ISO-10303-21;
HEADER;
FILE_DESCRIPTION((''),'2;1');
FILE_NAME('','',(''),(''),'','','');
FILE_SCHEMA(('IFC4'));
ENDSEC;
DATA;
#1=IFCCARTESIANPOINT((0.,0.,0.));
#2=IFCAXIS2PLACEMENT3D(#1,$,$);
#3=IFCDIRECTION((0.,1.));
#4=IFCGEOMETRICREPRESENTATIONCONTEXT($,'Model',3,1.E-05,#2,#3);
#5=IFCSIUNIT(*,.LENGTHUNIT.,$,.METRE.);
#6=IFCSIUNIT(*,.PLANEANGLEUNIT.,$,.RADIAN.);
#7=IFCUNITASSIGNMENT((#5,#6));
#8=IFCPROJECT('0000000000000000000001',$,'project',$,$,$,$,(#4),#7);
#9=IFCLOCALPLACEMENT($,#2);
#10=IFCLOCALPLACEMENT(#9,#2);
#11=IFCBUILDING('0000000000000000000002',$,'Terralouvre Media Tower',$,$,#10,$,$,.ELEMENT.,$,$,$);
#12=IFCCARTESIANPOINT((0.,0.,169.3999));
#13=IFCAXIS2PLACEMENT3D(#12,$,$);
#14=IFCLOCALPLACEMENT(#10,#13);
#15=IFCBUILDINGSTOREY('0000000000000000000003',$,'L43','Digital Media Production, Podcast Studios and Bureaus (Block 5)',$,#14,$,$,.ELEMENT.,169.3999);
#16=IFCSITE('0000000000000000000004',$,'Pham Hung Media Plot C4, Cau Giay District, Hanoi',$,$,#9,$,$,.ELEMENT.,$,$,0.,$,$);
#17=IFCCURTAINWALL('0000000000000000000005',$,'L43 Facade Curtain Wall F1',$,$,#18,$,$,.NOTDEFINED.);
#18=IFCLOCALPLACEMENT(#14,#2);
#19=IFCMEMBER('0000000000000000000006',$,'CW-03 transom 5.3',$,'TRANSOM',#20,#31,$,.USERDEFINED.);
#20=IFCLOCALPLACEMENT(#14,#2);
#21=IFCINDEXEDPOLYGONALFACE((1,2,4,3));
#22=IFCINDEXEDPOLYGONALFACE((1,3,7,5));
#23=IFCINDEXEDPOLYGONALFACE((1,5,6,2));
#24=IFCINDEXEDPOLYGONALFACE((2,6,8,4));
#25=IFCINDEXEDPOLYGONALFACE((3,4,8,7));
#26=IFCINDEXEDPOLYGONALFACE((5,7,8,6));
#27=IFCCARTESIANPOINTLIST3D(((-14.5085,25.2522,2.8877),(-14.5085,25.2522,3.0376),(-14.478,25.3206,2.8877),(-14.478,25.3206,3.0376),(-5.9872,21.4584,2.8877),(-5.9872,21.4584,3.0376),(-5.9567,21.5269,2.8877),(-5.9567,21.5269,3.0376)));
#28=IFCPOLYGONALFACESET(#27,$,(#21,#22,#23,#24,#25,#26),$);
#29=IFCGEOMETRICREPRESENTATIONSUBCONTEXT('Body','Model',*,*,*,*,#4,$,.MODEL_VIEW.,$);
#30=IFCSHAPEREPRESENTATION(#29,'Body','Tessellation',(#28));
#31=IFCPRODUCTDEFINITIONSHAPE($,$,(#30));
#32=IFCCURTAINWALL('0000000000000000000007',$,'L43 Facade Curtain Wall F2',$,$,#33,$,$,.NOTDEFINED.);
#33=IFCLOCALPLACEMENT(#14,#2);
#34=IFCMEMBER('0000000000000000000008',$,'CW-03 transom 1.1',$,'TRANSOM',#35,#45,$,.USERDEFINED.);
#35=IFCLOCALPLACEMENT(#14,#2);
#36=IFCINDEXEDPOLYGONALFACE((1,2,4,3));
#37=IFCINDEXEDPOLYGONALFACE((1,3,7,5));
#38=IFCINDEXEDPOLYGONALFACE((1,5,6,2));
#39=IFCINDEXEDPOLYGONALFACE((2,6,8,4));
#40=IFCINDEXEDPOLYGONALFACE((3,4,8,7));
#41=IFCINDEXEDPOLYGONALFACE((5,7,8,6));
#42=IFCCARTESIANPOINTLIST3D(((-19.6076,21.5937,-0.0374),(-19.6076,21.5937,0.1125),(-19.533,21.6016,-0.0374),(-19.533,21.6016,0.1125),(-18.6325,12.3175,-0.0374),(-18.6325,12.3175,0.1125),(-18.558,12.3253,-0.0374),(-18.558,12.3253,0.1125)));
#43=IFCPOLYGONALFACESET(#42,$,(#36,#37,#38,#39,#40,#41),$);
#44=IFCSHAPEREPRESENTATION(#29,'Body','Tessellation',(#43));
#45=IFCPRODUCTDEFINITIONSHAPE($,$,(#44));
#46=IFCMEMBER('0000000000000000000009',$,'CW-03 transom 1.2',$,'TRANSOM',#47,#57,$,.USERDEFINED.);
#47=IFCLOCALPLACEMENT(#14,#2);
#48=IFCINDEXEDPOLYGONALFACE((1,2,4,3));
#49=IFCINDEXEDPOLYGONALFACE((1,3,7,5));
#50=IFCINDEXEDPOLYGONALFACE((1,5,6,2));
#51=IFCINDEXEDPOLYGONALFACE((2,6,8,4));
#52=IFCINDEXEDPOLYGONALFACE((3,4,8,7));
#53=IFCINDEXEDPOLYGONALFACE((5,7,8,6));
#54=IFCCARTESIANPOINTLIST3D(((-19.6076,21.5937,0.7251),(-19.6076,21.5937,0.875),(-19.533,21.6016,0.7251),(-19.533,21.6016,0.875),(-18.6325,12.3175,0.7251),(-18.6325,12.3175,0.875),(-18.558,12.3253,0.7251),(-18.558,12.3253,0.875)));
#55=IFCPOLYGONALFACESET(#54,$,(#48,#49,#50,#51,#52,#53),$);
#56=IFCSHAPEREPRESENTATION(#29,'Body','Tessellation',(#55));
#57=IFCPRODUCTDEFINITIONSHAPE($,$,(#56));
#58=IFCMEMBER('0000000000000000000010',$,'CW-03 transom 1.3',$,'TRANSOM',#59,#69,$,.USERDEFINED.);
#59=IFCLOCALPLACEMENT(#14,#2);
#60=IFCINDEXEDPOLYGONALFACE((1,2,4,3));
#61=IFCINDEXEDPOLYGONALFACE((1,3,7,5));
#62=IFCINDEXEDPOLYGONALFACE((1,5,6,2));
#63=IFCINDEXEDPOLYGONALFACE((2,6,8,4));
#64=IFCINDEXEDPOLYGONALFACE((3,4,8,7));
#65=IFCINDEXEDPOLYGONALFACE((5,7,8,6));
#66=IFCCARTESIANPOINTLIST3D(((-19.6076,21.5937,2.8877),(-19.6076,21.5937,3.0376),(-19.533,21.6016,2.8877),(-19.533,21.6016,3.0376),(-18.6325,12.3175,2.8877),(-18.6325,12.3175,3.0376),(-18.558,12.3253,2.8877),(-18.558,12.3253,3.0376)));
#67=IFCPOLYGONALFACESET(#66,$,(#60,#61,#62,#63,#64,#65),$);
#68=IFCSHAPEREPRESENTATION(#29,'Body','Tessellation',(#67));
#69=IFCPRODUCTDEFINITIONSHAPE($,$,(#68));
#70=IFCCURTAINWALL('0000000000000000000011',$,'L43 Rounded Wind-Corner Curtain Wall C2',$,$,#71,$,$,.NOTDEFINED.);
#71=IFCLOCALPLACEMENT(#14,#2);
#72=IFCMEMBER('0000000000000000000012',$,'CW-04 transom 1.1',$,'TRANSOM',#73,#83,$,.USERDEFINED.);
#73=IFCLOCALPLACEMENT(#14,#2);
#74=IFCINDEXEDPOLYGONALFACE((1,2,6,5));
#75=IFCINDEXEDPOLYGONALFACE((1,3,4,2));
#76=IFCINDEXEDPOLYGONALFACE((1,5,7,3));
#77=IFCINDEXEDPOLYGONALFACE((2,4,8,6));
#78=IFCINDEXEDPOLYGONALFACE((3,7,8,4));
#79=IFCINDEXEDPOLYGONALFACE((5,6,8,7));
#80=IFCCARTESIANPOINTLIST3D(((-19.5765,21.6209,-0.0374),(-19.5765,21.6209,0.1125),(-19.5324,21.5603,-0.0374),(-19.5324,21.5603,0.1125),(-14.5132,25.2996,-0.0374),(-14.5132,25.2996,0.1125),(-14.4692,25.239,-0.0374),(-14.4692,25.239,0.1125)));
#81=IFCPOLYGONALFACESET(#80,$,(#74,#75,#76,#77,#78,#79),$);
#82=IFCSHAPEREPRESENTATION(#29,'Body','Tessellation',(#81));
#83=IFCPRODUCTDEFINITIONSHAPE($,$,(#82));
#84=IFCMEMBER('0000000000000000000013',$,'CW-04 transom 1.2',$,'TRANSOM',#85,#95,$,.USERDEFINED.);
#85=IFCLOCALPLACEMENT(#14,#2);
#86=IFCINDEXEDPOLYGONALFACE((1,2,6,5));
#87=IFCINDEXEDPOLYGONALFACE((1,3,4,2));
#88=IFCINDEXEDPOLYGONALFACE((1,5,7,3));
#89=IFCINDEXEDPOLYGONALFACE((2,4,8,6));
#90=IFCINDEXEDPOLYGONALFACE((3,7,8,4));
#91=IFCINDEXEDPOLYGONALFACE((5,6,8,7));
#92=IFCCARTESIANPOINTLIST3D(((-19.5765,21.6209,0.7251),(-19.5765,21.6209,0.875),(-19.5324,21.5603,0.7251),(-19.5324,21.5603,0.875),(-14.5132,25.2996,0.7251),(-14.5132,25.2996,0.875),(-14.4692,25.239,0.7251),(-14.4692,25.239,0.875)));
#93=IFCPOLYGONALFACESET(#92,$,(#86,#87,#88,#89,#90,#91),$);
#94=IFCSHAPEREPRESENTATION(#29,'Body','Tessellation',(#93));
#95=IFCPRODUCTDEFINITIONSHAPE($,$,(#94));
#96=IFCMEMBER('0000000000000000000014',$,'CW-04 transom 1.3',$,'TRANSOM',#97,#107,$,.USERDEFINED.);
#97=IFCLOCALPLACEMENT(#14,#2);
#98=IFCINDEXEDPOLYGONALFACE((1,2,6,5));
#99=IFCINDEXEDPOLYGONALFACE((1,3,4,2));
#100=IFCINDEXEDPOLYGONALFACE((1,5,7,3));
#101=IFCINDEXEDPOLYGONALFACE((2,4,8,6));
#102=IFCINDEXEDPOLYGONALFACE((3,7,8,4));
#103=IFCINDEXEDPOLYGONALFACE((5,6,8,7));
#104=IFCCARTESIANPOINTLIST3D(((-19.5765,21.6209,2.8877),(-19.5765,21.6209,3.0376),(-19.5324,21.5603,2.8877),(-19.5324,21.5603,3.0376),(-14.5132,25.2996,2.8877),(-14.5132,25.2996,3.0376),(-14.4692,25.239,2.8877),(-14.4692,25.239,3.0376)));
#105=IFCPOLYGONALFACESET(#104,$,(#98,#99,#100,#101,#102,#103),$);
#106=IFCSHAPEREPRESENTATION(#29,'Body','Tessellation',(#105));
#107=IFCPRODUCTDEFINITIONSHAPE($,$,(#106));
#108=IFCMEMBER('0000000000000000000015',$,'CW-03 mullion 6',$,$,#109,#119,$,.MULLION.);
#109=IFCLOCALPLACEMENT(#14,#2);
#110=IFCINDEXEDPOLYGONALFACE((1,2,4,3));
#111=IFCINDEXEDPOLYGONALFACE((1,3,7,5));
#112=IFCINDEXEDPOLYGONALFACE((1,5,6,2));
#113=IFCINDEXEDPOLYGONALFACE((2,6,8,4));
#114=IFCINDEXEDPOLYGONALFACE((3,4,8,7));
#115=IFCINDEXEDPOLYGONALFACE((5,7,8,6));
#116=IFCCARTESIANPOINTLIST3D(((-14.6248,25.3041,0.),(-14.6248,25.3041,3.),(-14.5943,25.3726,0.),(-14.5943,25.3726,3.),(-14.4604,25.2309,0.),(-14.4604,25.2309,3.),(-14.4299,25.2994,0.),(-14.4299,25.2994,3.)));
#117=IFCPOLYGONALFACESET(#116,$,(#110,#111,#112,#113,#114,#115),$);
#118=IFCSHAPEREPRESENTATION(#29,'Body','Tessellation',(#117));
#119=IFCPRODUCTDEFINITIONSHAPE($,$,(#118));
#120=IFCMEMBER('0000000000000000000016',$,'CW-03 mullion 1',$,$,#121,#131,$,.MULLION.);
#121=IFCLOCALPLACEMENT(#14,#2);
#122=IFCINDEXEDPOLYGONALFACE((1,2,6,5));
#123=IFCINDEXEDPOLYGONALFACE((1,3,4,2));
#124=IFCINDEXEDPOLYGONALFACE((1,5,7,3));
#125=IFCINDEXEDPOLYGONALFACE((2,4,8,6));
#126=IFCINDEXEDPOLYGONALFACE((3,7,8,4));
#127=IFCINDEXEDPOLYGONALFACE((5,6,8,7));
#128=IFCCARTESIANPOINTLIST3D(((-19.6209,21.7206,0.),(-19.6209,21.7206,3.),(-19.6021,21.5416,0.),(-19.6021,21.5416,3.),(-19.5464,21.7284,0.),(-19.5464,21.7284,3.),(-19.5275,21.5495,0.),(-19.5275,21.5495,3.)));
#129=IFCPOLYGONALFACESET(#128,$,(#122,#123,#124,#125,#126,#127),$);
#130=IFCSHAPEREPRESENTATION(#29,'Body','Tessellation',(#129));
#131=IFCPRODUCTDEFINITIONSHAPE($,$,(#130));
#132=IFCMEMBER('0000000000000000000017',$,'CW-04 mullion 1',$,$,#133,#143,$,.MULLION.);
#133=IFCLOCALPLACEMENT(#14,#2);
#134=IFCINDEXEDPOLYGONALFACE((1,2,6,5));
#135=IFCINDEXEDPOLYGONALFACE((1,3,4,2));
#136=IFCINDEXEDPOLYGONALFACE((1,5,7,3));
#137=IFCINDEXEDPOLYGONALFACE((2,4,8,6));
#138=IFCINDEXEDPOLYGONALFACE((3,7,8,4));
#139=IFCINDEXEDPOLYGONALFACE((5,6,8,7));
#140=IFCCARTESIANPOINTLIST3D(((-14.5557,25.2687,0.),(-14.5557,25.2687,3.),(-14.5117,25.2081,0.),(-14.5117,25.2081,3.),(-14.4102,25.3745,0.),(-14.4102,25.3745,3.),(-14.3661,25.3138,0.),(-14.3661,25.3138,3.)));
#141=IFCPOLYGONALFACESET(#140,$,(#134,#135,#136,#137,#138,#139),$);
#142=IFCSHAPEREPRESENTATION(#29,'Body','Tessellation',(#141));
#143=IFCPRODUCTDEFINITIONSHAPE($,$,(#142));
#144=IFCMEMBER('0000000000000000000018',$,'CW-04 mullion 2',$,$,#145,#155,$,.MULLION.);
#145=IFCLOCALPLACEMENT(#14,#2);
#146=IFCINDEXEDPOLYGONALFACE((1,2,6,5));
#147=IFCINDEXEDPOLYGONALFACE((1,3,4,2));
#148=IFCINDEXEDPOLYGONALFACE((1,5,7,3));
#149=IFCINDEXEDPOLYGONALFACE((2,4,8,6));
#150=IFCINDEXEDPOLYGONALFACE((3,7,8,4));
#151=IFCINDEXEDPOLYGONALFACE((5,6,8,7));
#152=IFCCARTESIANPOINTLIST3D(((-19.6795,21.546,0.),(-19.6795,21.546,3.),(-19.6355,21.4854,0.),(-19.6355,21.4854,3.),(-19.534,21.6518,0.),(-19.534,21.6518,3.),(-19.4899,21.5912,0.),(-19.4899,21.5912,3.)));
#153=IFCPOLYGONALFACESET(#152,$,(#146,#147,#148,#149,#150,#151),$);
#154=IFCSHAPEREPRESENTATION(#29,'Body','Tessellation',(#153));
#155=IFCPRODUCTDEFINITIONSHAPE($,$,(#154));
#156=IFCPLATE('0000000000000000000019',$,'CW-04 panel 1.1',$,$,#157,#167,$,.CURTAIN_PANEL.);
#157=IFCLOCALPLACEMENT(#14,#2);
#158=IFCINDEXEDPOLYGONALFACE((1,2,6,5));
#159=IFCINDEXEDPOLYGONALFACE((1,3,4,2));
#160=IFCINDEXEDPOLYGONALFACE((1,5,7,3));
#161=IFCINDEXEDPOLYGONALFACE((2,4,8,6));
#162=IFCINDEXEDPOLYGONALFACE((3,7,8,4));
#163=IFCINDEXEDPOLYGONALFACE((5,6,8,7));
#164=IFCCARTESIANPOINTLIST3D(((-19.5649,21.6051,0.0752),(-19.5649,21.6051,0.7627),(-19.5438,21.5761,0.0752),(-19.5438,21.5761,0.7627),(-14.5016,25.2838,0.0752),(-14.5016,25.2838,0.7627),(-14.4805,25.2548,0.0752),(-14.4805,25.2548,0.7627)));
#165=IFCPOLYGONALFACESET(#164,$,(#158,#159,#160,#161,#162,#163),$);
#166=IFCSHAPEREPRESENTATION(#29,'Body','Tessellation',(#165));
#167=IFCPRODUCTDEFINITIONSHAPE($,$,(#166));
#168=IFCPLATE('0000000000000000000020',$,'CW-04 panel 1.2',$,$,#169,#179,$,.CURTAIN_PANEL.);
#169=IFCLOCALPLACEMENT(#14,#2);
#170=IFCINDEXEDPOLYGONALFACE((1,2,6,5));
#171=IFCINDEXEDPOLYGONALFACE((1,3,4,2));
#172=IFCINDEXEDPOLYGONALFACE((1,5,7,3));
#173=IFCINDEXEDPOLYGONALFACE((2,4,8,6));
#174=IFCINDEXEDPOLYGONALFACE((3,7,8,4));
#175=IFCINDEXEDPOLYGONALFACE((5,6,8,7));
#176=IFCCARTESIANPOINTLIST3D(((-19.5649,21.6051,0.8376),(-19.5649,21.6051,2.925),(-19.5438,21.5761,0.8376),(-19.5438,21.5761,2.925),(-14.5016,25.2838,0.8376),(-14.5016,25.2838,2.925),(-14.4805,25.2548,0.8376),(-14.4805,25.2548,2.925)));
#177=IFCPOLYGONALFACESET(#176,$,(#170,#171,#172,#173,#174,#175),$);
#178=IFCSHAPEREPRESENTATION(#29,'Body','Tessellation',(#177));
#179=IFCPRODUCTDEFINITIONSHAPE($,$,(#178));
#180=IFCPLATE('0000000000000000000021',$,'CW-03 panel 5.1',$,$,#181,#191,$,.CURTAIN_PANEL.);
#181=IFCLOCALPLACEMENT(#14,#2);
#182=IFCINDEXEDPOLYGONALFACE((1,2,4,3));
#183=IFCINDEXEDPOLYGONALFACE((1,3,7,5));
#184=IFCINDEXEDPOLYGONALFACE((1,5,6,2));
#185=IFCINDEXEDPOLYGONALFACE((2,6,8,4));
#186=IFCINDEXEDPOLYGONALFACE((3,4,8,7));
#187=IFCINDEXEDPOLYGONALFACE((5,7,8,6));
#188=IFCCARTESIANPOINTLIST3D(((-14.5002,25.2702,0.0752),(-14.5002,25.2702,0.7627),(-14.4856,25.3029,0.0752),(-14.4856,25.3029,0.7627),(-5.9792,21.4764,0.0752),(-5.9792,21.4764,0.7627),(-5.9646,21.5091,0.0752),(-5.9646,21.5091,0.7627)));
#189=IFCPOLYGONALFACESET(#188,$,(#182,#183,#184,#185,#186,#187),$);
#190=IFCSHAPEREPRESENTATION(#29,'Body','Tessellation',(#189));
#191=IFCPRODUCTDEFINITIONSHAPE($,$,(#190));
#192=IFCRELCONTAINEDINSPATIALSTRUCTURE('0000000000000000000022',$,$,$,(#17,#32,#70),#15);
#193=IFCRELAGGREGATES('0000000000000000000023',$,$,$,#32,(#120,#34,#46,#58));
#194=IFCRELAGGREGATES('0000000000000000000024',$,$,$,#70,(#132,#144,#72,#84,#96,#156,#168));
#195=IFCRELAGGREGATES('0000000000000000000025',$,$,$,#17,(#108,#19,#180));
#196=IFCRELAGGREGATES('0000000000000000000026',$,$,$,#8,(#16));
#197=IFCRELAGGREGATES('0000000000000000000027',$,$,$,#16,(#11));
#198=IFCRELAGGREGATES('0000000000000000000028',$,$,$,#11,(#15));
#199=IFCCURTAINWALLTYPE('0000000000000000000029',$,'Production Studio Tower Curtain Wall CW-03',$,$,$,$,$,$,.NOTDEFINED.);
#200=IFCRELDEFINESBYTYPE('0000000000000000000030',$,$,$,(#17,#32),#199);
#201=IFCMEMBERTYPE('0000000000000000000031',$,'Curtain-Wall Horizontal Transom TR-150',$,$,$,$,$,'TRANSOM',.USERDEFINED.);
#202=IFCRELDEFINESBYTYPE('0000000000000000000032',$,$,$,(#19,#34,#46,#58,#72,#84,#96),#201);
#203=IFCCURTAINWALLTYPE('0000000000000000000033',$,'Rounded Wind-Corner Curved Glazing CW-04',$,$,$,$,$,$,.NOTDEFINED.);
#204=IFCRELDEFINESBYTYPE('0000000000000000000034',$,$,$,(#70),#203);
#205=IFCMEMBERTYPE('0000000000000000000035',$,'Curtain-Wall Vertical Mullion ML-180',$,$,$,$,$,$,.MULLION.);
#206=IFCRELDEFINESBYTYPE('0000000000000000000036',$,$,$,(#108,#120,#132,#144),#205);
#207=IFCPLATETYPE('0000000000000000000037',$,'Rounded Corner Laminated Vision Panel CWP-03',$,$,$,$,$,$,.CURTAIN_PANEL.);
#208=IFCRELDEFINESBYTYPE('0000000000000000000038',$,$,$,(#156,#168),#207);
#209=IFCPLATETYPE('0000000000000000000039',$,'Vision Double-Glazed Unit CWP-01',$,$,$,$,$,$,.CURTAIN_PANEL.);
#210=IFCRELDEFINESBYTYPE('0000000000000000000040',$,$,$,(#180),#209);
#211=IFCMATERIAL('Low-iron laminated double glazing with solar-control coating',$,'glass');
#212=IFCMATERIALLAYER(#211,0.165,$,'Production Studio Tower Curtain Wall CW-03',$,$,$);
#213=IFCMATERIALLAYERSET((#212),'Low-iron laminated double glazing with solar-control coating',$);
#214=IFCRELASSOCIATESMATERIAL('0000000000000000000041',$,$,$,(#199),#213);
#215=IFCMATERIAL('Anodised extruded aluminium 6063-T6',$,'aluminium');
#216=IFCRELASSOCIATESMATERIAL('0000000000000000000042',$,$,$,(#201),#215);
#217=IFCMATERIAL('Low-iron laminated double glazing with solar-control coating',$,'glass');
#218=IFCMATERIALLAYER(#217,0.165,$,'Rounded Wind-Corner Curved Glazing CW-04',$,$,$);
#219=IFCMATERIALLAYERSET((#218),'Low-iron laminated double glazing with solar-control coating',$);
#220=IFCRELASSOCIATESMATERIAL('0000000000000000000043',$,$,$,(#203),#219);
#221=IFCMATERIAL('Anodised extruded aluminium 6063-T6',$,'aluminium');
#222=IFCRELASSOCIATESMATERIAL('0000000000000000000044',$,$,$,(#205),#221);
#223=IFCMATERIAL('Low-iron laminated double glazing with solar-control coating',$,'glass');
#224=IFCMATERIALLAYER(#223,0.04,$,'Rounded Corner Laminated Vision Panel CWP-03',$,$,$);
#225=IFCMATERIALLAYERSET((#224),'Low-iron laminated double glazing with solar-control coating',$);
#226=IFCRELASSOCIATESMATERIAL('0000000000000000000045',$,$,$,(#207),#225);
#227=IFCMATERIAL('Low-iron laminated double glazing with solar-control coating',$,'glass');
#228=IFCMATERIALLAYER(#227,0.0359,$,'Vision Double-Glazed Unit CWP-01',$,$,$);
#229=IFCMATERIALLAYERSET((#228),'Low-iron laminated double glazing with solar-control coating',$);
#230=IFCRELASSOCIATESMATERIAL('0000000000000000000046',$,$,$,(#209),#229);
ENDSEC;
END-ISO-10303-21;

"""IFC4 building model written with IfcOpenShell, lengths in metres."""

from ifc_helpers import new_model, si_unit, direction, frame, origin, origin_2d, place, context, subcontext, project, spatial, rectangle, extrude, material, layer, layer_set, material_profile, profile_set, type_object, element, aggregate, save


model = new_model("IFC4")

# Units and contexts
model_context = context("Model", 3, precision=1e-05, world=origin(), true_north=direction((0.0, 1.0)))
body_context = subcontext(model_context, "Body", "Model", "MODEL_VIEW")
ifc_project = project(units=[si_unit("LENGTHUNIT", "METRE"), si_unit("PLANEANGLEUNIT", "RADIAN")], contexts=[model_context])

# Site, building, storey
site_placement = place(None, origin())
site = spatial("IfcSite", under=ifc_project, at=site_placement, Name="Pham Hung Media Plot C4, Cau Giay District, Hanoi", CompositionType="ELEMENT", RefElevation=0.0)
building_placement = place(site_placement, origin())
building = spatial("IfcBuilding", under=site, at=building_placement, Name="Terralouvre Media Tower", CompositionType="ELEMENT")
storey_placement = place(building_placement, frame((0.0, 0.0, 169.3999)))
storey = spatial("IfcBuildingStorey", under=building, at=storey_placement, Name="L43", Description="Digital Media Production, Podcast Studios and Bureaus (Block 5)", CompositionType="ELEMENT", Elevation=169.3999)

# Curtain wall, member
ifc_material_1 = material(Name="Low-iron laminated double glazing with solar-control coating", Category="glass")
ifc_layer_1 = layer(ifc_material_1, 0.165, Name="Production Studio Tower Curtain Wall CW-03")
ifc_layer_set_1 = layer_set([ifc_layer_1], Name="Low-iron laminated double glazing with solar-control coating")
curtain_wall_type_1 = type_object("IfcCurtainWallType", Name="Production Studio Tower Curtain Wall CW-03", PredefinedType="NOTDEFINED", material=ifc_layer_set_1)
curtain_wall_1_placement = place(storey_placement, origin())
curtain_wall_1 = element("IfcCurtainWall", 1, at=curtain_wall_1_placement, inside=storey, type_object=curtain_wall_type_1, Name="L43 Facade Curtain Wall F1", PredefinedType="NOTDEFINED")
ifc_material_2 = material(Name="Anodised extruded aluminium 6063-T6", Category="aluminium")
ifc_material_profile_1 = material_profile(ifc_material_2, rectangle(XDim=0.075, YDim=0.1499, at=origin_2d()), Name="ALU 75x150")
ifc_profile_set_1 = profile_set([ifc_material_profile_1], Name="Anodised extruded aluminium 6063-T6")
member_type_1 = type_object("IfcMemberType", Name="Curtain-Wall Horizontal Transom TR-150", ElementType="TRANSOM", PredefinedType="USERDEFINED", material=ifc_profile_set_1)
member_1_placement = place(storey_placement, frame((-5.9719, 21.4927, 2.9626), z_axis=(-0.913553, 0.406719, 0.0), x_axis=(-0.406719, -0.913553, 0.0)))
member_1 = element("IfcMember", 2, at=member_1_placement, type_object=member_type_1, Name="CW-03 transom 5.3", ObjectType="TRANSOM", PredefinedType="USERDEFINED", context=body_context, shape_type="SweptSolid", body=[
    extrude(rectangle(XDim=0.075, YDim=0.1499, at=origin_2d()), origin(), (0.0, 0.0, 1.0), 9.3276),
])

# Curtain walls, members
curtain_wall_2_placement = place(storey_placement, origin())
curtain_wall_2 = element("IfcCurtainWall", 3, at=curtain_wall_2_placement, inside=storey, type_object=curtain_wall_type_1, Name="L43 Facade Curtain Wall F2", PredefinedType="NOTDEFINED")
member_2_placement = place(storey_placement, frame((-19.5703, 21.5977, 0.0376), z_axis=(0.10454, -0.994521, 0.0), x_axis=(0.994521, 0.10454, 0.0)))
member_2 = element("IfcMember", 4, at=member_2_placement, type_object=member_type_1, Name="CW-03 transom 1.1", ObjectType="TRANSOM", PredefinedType="USERDEFINED", context=body_context, shape_type="SweptSolid", body=[
    extrude(rectangle(XDim=0.075, YDim=0.1499, at=origin_2d()), origin(), (0.0, 0.0, 1.0), 9.3274),
])
member_3_placement = place(storey_placement, frame((-19.5703, 21.5977, 0.8), z_axis=(0.10454, -0.994521, 0.0), x_axis=(0.994521, 0.10454, 0.0)))
member_3 = element("IfcMember", 5, at=member_3_placement, type_object=member_type_1, Name="CW-03 transom 1.2", ObjectType="TRANSOM", PredefinedType="USERDEFINED", context=body_context, shape_type="SweptSolid", body=[
    extrude(rectangle(XDim=0.075, YDim=0.1499, at=origin_2d()), origin(), (0.0, 0.0, 1.0), 9.3274),
])
member_4_placement = place(storey_placement, frame((-19.5703, 21.5977, 2.9626), z_axis=(0.10454, -0.994521, 0.0), x_axis=(0.994521, 0.10454, 0.0)))
member_4 = element("IfcMember", 6, at=member_4_placement, type_object=member_type_1, Name="CW-03 transom 1.3", ObjectType="TRANSOM", PredefinedType="USERDEFINED", context=body_context, shape_type="SweptSolid", body=[
    extrude(rectangle(XDim=0.075, YDim=0.1499, at=origin_2d()), origin(), (0.0, 0.0, 1.0), 9.3274),
])
ifc_material_3 = material(Name="Low-iron laminated double glazing with solar-control coating", Category="glass")
ifc_layer_2 = layer(ifc_material_3, 0.165, Name="Rounded Wind-Corner Curved Glazing CW-04")
ifc_layer_set_2 = layer_set([ifc_layer_2], Name="Low-iron laminated double glazing with solar-control coating")
curtain_wall_type_2 = type_object("IfcCurtainWallType", Name="Rounded Wind-Corner Curved Glazing CW-04", PredefinedType="NOTDEFINED", material=ifc_layer_set_2)
curtain_wall_3_placement = place(storey_placement, origin())
curtain_wall_3 = element("IfcCurtainWall", 7, at=curtain_wall_3_placement, inside=storey, type_object=curtain_wall_type_2, Name="L43 Rounded Wind-Corner Curtain Wall C2", PredefinedType="NOTDEFINED")
member_5_placement = place(storey_placement, frame((-14.4912, 25.2693, 0.0376), z_axis=(-0.809013, -0.587791, 0.0), x_axis=(0.587791, -0.809013, 0.0)))
member_5 = element("IfcMember", 8, at=member_5_placement, type_object=member_type_1, Name="CW-04 transom 1.1", ObjectType="TRANSOM", PredefinedType="USERDEFINED", context=body_context, shape_type="SweptSolid", body=[
    extrude(rectangle(XDim=0.075, YDim=0.1499, at=origin_2d()), origin(), (0.0, 0.0, 1.0), 6.2585),
])
member_6_placement = place(storey_placement, frame((-14.4912, 25.2693, 0.8), z_axis=(-0.809013, -0.587791, 0.0), x_axis=(0.587791, -0.809013, 0.0)))
member_6 = element("IfcMember", 9, at=member_6_placement, type_object=member_type_1, Name="CW-04 transom 1.2", ObjectType="TRANSOM", PredefinedType="USERDEFINED", context=body_context, shape_type="SweptSolid", body=[
    extrude(rectangle(XDim=0.075, YDim=0.1499, at=origin_2d()), origin(), (0.0, 0.0, 1.0), 6.2585),
])
member_7_placement = place(storey_placement, frame((-14.4912, 25.2693, 2.9626), z_axis=(-0.809013, -0.587791, 0.0), x_axis=(0.587791, -0.809013, 0.0)))
member_7 = element("IfcMember", 10, at=member_7_placement, type_object=member_type_1, Name="CW-04 transom 1.3", ObjectType="TRANSOM", PredefinedType="USERDEFINED", context=body_context, shape_type="SweptSolid", body=[
    extrude(rectangle(XDim=0.075, YDim=0.1499, at=origin_2d()), origin(), (0.0, 0.0, 1.0), 6.2585),
])

# Members
ifc_material_4 = material(Name="Anodised extruded aluminium 6063-T6", Category="aluminium")
ifc_material_profile_2 = material_profile(ifc_material_4, rectangle(XDim=0.075, YDim=0.1799, at=origin_2d()), Name="ALU 75x180")
ifc_profile_set_2 = profile_set([ifc_material_profile_2], Name="Anodised extruded aluminium 6063-T6")
member_type_2 = type_object("IfcMemberType", Name="Curtain-Wall Vertical Mullion ML-180", PredefinedType="MULLION", material=ifc_profile_set_2)
member_8_placement = place(storey_placement, frame((-14.5273, 25.3018, 0.0), z_axis=(0.0, 0.0, 1.0), x_axis=(-0.406737, -0.913545, 0.0)))
member_8 = element("IfcMember", 11, at=member_8_placement, type_object=member_type_2, Name="CW-03 mullion 6", PredefinedType="MULLION", context=body_context, shape_type="SweptSolid", body=[
    extrude(rectangle(XDim=0.075, YDim=0.1799, at=origin_2d()), origin(), (0.0, 0.0, 1.0), 3.0),
])
member_9_placement = place(storey_placement, frame((-19.5742, 21.635, 0.0), z_axis=(0.0, 0.0, 1.0), x_axis=(0.994522, 0.104528, 0.0)))
member_9 = element("IfcMember", 12, at=member_9_placement, type_object=member_type_2, Name="CW-03 mullion 1", PredefinedType="MULLION", context=body_context, shape_type="SweptSolid", body=[
    extrude(rectangle(XDim=0.075, YDim=0.1799, at=origin_2d()), origin(), (0.0, 0.0, 1.0), 3.0),
])
aggregate(curtain_wall_2, [member_9, member_2, member_3, member_4])
member_10_placement = place(storey_placement, frame((-14.4609, 25.2913, 0.0), z_axis=(0.0, 0.0, 1.0), x_axis=(0.587785, -0.809017, 0.0)))
member_10 = element("IfcMember", 13, at=member_10_placement, type_object=member_type_2, Name="CW-04 mullion 1", PredefinedType="MULLION", context=body_context, shape_type="SweptSolid", body=[
    extrude(rectangle(XDim=0.075, YDim=0.1799, at=origin_2d()), origin(), (0.0, 0.0, 1.0), 3.0),
])
member_11_placement = place(storey_placement, frame((-19.5847, 21.5686, 0.0), z_axis=(0.0, 0.0, 1.0), x_axis=(0.587785, -0.809017, 0.0)))
member_11 = element("IfcMember", 14, at=member_11_placement, type_object=member_type_2, Name="CW-04 mullion 2", PredefinedType="MULLION", context=body_context, shape_type="SweptSolid", body=[
    extrude(rectangle(XDim=0.075, YDim=0.1799, at=origin_2d()), origin(), (0.0, 0.0, 1.0), 3.0),
])

# Plates
ifc_material_5 = material(Name="Low-iron laminated double glazing with solar-control coating", Category="glass")
ifc_layer_3 = layer(ifc_material_5, 0.04, Name="Rounded Corner Laminated Vision Panel CWP-03")
ifc_layer_set_3 = layer_set([ifc_layer_3], Name="Low-iron laminated double glazing with solar-control coating")
plate_type_1 = type_object("IfcPlateType", Name="Rounded Corner Laminated Vision Panel CWP-03", PredefinedType="CURTAIN_PANEL", material=ifc_layer_set_3)
plate_1_placement = place(storey_placement, frame((-17.0227, 23.4299, 0.0752), z_axis=(0.0, 0.0, 1.0), x_axis=(-0.809017, -0.587785, 0.0)))
plate_1 = element("IfcPlate", 15, at=plate_1_placement, type_object=plate_type_1, Name="CW-04 panel 1.1", PredefinedType="CURTAIN_PANEL", context=body_context, shape_type="SweptSolid", body=[
    extrude(rectangle(XDim=6.2585, YDim=0.0359, at=origin_2d()), origin(), (0.0, 0.0, 1.0), 0.6875),
])
plate_2_placement = place(storey_placement, frame((-17.0227, 23.4299, 0.8376), z_axis=(0.0, 0.0, 1.0), x_axis=(-0.809017, -0.587785, 0.0)))
plate_2 = element("IfcPlate", 16, at=plate_2_placement, type_object=plate_type_1, Name="CW-04 panel 1.2", PredefinedType="CURTAIN_PANEL", context=body_context, shape_type="SweptSolid", body=[
    extrude(rectangle(XDim=6.2585, YDim=0.0359, at=origin_2d()), origin(), (0.0, 0.0, 1.0), 2.0874),
])
aggregate(curtain_wall_3, [member_10, member_11, member_5, member_6, member_7, plate_1, plate_2])
ifc_material_6 = material(Name="Low-iron laminated double glazing with solar-control coating", Category="glass")
ifc_layer_4 = layer(ifc_material_6, 0.0359, Name="Vision Double-Glazed Unit CWP-01")
ifc_layer_set_4 = layer_set([ifc_layer_4], Name="Low-iron laminated double glazing with solar-control coating")
plate_type_2 = type_object("IfcPlateType", Name="Vision Double-Glazed Unit CWP-01", PredefinedType="CURTAIN_PANEL", material=ifc_layer_set_4)
plate_3_placement = place(storey_placement, frame((-10.2324, 23.3896, 0.0752), z_axis=(0.0, 0.0, 1.0), x_axis=(-0.913545, 0.406737, 0.0)))
plate_3 = element("IfcPlate", 17, at=plate_3_placement, type_object=plate_type_2, Name="CW-03 panel 5.1", PredefinedType="CURTAIN_PANEL", context=body_context, shape_type="SweptSolid", body=[
    extrude(rectangle(XDim=9.3274, YDim=0.0359, at=origin_2d()), origin(), (0.0, 0.0, 1.0), 0.6875),
])
aggregate(curtain_wall_1, [member_8, member_1, plate_3])

save(model, "model.ifc")
